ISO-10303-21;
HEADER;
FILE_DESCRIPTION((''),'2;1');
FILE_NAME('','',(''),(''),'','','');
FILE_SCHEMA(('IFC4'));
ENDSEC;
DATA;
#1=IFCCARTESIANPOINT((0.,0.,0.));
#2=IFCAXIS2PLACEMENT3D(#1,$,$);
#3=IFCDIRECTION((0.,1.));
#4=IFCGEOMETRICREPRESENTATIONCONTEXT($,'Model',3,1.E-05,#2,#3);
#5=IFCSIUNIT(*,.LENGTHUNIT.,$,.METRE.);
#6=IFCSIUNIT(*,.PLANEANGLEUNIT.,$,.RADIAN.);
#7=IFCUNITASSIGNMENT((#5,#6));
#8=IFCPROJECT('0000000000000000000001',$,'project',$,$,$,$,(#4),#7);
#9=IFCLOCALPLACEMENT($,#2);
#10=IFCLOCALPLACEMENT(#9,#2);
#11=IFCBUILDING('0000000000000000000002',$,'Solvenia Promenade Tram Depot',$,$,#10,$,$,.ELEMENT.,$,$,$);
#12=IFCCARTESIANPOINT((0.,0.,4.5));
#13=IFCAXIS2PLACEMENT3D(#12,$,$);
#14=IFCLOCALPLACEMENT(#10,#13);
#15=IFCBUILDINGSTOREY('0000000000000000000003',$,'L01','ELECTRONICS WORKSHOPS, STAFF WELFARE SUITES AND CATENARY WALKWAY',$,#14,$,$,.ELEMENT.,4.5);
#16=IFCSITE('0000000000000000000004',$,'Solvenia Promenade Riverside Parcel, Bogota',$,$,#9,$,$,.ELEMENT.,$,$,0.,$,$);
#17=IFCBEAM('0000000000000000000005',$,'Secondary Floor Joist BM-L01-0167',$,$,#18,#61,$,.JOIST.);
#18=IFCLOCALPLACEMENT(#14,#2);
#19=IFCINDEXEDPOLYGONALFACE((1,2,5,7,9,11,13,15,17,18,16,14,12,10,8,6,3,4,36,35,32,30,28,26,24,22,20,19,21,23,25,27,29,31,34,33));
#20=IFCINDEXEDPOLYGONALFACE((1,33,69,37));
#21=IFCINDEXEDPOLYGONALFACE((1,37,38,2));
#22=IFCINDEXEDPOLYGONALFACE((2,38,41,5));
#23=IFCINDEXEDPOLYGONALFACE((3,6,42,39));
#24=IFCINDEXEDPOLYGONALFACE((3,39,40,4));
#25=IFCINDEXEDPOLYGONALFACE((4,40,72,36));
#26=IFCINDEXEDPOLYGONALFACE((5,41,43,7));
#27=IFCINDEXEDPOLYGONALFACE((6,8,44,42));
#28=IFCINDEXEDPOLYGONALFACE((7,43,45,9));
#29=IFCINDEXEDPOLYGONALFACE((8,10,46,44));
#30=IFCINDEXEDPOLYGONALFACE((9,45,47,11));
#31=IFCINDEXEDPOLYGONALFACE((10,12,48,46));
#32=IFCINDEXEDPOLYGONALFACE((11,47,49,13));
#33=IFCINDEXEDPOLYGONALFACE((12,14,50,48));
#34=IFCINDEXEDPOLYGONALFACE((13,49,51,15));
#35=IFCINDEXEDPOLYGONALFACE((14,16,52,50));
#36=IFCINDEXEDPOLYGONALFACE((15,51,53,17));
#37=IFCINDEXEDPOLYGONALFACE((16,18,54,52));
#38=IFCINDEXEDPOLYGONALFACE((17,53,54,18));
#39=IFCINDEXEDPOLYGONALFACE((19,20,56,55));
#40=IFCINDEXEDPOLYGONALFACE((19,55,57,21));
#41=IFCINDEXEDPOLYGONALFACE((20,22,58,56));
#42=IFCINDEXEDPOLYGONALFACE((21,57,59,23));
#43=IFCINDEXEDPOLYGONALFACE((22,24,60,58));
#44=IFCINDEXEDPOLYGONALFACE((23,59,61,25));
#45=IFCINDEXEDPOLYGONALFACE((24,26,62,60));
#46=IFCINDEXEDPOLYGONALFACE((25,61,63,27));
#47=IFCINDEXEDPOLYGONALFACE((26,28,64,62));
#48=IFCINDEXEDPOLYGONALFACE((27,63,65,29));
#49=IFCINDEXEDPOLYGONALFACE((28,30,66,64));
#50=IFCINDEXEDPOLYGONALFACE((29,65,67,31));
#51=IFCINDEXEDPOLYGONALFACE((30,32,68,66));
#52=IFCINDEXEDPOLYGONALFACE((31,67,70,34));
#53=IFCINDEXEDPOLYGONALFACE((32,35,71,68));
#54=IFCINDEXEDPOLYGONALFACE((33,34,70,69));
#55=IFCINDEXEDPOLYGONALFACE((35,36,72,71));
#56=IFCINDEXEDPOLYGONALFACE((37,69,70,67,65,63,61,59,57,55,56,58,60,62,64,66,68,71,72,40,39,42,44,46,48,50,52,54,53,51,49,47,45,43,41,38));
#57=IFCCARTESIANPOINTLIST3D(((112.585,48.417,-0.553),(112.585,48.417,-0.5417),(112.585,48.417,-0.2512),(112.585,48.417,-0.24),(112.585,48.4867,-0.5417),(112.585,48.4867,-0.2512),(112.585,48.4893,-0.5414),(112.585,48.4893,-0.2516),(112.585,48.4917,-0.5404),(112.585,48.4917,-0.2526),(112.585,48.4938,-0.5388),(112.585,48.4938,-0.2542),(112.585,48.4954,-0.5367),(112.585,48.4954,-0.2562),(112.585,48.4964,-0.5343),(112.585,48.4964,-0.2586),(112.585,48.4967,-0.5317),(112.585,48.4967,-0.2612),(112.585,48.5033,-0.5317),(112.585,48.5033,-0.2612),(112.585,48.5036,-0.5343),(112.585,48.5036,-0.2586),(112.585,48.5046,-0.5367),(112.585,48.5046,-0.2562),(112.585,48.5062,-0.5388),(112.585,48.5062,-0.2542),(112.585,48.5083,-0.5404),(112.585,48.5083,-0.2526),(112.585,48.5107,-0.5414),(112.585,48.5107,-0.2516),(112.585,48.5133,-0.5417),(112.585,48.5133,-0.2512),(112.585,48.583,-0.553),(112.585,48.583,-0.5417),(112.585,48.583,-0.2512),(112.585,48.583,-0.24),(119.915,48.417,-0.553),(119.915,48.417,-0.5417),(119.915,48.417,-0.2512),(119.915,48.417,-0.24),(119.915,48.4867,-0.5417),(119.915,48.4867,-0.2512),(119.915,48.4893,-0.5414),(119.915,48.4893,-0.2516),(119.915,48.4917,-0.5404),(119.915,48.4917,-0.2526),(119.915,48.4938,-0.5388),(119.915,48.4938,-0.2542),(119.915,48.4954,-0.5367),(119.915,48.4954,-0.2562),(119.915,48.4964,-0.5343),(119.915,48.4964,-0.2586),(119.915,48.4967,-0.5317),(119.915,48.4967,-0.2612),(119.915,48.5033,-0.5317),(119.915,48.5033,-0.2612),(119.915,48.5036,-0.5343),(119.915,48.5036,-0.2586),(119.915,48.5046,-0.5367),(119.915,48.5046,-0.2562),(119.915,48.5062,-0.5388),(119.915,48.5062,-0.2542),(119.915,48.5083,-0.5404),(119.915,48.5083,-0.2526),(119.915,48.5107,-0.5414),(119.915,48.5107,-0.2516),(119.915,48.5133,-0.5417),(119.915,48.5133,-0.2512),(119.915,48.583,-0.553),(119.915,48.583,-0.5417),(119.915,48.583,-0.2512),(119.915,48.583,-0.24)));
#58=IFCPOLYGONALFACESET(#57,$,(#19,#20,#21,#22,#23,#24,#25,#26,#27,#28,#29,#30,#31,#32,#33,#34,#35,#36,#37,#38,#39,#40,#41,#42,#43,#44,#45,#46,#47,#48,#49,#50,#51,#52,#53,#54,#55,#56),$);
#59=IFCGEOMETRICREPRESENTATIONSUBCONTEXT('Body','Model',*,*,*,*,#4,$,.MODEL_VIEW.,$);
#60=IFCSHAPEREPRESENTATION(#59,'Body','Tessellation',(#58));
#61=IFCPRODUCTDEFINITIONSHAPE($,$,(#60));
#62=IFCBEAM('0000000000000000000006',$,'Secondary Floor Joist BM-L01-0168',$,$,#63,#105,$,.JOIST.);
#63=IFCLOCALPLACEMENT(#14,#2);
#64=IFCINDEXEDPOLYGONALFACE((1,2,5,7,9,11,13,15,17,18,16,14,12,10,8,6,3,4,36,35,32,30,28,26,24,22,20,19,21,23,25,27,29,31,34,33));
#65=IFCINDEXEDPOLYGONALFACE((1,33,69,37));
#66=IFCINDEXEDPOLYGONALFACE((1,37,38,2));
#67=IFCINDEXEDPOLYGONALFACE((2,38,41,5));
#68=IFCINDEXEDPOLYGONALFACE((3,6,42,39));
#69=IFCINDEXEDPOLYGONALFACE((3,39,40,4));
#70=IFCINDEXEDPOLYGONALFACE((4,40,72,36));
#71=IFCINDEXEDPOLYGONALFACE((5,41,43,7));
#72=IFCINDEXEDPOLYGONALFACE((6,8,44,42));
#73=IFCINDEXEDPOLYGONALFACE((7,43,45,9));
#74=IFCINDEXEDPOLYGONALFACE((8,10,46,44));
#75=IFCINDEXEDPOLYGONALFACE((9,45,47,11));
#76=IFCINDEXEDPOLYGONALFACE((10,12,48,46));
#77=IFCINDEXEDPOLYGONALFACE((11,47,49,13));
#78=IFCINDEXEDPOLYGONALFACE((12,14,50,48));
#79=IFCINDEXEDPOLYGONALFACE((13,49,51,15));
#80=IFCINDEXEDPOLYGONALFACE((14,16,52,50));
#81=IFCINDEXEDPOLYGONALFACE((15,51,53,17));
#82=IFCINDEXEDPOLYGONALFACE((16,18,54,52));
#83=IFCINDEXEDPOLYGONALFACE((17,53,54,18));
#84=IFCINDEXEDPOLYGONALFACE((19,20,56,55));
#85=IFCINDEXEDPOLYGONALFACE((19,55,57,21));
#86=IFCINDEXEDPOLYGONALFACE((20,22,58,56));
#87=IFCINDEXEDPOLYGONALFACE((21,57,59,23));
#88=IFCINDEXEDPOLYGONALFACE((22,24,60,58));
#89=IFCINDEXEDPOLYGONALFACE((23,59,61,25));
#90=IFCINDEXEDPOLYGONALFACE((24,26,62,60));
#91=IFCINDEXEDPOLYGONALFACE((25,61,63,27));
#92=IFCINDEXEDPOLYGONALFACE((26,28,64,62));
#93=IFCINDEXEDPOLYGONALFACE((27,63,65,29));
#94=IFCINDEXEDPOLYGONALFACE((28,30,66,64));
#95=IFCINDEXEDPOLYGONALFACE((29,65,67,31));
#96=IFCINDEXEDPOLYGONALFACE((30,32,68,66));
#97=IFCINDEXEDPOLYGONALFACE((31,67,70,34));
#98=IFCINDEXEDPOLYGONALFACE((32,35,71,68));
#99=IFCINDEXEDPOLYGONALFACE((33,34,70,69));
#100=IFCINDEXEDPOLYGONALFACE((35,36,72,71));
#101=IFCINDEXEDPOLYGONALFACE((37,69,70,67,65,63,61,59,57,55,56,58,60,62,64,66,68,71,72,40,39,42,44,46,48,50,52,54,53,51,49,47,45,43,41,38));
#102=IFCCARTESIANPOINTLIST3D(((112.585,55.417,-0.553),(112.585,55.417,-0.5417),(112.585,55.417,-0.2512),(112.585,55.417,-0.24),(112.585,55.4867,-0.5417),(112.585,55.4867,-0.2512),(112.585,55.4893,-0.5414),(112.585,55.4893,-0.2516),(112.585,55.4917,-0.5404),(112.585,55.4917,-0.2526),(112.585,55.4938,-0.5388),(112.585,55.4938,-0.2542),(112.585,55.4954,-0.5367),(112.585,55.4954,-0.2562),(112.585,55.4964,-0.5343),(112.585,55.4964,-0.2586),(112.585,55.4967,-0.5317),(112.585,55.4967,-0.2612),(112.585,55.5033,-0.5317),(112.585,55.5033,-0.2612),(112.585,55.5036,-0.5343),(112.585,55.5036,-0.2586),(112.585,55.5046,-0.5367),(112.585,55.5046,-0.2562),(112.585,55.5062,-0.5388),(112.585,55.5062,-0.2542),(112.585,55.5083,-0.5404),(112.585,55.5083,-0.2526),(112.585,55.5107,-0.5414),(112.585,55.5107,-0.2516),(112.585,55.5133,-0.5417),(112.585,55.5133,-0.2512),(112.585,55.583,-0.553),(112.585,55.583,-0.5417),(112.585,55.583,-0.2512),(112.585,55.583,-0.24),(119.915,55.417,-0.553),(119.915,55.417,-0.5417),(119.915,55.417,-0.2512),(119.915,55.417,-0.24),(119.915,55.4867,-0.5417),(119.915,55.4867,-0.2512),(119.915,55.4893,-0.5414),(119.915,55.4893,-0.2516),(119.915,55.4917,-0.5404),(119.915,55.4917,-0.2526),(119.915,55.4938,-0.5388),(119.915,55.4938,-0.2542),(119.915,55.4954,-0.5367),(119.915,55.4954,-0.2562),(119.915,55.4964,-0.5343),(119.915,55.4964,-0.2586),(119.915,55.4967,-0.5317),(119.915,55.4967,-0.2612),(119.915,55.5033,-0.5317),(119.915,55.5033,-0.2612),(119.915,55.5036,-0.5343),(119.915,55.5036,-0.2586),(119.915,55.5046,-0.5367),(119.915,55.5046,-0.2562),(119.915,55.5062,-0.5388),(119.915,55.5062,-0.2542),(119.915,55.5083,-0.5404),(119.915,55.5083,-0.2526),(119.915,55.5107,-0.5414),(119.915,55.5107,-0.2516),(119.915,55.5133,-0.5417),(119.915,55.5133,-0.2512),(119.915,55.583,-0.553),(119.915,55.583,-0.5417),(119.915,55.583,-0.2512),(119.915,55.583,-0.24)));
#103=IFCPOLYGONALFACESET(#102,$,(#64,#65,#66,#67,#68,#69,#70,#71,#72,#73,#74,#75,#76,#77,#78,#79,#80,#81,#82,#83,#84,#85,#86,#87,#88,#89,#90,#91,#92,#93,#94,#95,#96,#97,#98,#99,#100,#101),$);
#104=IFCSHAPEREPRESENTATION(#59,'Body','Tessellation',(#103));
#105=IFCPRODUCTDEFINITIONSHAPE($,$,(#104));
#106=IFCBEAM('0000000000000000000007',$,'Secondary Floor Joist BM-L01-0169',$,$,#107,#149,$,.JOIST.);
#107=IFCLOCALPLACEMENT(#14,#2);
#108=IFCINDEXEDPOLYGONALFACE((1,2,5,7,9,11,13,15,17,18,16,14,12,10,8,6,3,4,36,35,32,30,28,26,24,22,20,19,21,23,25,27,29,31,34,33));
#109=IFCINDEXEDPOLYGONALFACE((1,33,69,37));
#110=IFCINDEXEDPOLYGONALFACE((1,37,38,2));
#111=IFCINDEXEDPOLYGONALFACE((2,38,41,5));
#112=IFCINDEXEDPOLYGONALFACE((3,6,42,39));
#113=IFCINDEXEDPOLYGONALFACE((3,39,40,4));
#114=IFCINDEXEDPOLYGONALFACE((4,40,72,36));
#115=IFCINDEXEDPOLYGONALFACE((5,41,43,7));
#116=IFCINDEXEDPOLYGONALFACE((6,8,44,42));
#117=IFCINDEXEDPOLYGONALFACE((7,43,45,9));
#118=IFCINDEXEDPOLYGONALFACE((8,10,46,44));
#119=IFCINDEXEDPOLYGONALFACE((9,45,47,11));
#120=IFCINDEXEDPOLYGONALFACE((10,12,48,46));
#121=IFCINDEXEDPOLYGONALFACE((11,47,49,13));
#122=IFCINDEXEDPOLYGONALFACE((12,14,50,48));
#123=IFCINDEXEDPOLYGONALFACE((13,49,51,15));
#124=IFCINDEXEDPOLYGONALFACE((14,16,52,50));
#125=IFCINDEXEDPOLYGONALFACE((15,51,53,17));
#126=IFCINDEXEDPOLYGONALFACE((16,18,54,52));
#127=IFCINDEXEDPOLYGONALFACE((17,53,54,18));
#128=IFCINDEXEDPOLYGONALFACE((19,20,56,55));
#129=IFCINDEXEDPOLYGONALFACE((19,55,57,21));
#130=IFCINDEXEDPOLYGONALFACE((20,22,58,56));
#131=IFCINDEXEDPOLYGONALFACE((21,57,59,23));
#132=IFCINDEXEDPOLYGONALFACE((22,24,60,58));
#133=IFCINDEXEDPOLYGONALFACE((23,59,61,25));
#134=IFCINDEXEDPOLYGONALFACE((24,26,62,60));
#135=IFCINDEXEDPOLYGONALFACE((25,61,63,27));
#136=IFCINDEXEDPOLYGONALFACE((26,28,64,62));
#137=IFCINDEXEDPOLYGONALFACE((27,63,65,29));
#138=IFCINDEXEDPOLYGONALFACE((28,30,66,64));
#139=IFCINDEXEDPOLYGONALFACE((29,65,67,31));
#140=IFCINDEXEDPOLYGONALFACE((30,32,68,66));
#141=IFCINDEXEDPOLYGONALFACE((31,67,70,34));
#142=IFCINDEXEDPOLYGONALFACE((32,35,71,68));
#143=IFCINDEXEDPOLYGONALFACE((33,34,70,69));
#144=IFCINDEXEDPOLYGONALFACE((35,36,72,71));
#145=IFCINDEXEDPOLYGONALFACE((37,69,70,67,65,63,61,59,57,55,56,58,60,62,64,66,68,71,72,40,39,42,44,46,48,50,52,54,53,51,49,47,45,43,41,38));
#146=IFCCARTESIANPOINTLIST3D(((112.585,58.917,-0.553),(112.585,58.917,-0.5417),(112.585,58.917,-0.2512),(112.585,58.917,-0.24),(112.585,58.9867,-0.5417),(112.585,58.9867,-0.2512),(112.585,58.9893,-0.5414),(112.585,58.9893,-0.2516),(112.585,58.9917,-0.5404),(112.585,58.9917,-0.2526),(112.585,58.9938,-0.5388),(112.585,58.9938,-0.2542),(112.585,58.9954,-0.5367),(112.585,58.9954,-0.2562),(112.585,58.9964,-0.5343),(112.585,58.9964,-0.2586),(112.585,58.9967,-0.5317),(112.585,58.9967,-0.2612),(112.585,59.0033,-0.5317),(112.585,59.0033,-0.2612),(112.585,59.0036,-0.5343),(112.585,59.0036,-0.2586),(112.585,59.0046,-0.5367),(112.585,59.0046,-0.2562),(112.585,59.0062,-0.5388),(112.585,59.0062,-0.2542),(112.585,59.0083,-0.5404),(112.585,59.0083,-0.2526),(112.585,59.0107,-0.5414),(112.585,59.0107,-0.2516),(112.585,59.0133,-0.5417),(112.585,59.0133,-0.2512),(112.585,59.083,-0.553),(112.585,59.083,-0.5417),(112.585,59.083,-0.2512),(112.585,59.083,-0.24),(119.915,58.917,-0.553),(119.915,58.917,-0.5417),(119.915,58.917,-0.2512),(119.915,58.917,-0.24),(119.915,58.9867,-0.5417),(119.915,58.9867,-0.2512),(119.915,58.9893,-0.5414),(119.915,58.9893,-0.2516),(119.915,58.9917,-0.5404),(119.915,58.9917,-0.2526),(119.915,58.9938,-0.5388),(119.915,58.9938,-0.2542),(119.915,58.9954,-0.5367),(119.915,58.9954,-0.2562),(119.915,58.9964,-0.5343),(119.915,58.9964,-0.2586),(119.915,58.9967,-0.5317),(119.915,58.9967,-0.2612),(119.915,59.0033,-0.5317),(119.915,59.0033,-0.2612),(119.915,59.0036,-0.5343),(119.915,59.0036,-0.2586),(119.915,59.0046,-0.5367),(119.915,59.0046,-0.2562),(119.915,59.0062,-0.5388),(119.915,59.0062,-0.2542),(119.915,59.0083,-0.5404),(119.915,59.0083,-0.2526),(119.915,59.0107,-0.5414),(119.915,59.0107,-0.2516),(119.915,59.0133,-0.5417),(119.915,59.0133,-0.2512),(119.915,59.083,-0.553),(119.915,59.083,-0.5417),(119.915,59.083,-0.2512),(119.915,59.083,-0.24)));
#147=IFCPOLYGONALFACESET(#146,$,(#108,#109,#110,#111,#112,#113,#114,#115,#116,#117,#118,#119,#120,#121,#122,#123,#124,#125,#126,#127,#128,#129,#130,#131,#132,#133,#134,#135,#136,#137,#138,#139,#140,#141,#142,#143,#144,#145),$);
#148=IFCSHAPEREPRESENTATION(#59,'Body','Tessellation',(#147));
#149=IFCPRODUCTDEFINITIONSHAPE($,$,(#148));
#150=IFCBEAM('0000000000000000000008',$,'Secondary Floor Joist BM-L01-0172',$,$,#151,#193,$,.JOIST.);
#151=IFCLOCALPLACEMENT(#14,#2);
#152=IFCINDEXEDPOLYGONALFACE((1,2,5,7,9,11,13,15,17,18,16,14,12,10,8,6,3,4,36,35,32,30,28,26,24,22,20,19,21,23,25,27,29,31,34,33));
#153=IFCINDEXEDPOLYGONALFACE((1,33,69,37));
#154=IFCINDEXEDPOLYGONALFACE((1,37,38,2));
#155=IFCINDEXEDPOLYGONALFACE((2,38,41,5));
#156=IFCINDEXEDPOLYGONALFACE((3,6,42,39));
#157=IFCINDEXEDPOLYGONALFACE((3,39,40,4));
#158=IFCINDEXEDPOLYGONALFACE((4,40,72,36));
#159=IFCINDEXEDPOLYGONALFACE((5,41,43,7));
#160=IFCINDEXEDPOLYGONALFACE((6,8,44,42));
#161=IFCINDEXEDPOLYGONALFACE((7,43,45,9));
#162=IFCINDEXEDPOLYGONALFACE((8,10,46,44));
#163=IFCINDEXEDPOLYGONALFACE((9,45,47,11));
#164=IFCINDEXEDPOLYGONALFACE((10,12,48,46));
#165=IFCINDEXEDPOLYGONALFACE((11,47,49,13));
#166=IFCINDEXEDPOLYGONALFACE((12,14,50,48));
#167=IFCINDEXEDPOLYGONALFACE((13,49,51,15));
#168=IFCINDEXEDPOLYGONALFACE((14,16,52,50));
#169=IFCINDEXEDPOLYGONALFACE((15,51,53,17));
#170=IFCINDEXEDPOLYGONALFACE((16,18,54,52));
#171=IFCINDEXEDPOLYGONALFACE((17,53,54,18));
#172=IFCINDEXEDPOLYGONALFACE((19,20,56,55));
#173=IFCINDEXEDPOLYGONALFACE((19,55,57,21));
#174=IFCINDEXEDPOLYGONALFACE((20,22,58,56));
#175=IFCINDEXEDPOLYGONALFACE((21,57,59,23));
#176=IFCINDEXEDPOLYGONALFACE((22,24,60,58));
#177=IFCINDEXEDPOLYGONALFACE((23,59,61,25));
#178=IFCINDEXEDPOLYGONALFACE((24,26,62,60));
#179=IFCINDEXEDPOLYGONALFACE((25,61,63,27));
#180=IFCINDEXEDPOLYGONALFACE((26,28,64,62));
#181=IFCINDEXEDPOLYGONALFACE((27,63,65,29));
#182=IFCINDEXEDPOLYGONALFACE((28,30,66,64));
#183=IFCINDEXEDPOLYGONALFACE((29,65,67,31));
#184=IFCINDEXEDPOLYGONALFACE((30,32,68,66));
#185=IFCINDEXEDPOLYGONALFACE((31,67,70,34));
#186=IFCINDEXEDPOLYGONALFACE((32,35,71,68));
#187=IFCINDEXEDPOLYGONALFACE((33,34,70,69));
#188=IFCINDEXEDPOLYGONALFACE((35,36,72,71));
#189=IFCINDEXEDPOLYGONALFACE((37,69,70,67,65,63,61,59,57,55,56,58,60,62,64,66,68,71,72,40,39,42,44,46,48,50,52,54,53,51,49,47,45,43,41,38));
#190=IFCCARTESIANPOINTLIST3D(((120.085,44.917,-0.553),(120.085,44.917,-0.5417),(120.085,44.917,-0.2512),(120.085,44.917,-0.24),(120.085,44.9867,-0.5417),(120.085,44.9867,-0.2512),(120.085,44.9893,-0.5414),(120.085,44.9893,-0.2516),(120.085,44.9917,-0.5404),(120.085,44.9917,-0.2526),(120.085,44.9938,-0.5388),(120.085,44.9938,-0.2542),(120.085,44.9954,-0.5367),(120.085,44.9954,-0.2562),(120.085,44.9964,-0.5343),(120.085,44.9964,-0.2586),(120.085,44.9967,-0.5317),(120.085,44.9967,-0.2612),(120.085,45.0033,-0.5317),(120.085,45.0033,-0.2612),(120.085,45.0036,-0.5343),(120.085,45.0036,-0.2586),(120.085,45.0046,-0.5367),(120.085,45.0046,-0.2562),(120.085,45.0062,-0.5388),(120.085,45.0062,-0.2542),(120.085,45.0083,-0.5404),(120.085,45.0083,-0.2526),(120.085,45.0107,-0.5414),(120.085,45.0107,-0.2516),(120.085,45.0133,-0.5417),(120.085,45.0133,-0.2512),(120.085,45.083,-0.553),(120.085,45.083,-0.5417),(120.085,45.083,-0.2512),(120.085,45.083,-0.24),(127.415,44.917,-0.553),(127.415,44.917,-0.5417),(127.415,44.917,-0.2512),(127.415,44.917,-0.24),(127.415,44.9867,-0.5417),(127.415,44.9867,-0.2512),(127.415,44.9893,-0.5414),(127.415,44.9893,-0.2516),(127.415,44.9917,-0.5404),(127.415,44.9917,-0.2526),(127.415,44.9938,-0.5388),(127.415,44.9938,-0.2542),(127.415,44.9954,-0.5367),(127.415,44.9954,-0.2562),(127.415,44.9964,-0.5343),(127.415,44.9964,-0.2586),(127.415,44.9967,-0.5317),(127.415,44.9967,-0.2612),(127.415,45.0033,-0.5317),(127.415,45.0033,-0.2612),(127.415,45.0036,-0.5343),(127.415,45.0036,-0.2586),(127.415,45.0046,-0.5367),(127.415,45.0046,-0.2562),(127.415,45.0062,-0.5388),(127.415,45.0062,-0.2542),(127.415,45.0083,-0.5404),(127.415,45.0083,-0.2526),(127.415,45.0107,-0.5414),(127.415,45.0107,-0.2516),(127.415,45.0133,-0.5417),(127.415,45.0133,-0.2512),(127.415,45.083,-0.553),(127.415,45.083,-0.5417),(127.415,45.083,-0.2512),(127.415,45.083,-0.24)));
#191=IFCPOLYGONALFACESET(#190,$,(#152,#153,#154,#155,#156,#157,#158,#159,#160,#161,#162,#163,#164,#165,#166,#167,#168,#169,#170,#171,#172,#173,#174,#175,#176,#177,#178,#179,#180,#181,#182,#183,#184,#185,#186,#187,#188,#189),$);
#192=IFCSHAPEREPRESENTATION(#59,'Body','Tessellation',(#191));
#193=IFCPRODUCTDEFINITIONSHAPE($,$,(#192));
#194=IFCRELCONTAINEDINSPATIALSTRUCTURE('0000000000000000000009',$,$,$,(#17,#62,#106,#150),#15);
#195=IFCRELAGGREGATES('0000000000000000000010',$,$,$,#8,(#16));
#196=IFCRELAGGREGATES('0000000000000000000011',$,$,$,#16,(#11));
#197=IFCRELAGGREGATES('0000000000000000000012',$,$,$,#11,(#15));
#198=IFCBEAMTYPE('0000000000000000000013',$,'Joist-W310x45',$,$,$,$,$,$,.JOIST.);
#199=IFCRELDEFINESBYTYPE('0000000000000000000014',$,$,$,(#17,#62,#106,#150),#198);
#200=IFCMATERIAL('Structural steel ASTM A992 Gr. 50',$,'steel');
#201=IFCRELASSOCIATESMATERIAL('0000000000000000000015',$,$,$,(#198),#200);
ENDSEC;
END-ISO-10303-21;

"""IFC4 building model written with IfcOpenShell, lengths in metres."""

from ifc_helpers import new_model, si_unit, direction, frame, origin, origin_2d, place, context, subcontext, project, spatial, i_section, extrude, material, material_profile, profile_set, type_object, element, save


model = new_model("IFC4")

# Units and contexts
model_context = context("Model", 3, precision=1e-05, world=origin(), true_north=direction((0.0, 1.0)))
body_context = subcontext(model_context, "Body", "Model", "MODEL_VIEW")
ifc_project = project(units=[si_unit("LENGTHUNIT", "METRE"), si_unit("PLANEANGLEUNIT", "RADIAN")], contexts=[model_context])

# Site, building, storey
site_placement = place(None, origin())
site = spatial("IfcSite", under=ifc_project, at=site_placement, Name="Solvenia Promenade Riverside Parcel, Bogota", CompositionType="ELEMENT", RefElevation=0.0)
building_placement = place(site_placement, origin())
building = spatial("IfcBuilding", under=site, at=building_placement, Name="Solvenia Promenade Tram Depot", CompositionType="ELEMENT")
storey_placement = place(building_placement, frame((0.0, 0.0, 4.5)))
storey = spatial("IfcBuildingStorey", under=building, at=storey_placement, Name="L01", Description="ELECTRONICS WORKSHOPS, STAFF WELFARE SUITES AND CATENARY WALKWAY", CompositionType="ELEMENT", Elevation=4.5)

# Shared definitions
ifc_material_1 = material(Name="Structural steel ASTM A992 Gr. 50", Category="steel")

# Beams
ifc_material_profile_1 = material_profile(ifc_material_1, i_section(OverallWidth=0.166, OverallDepth=0.313, WebThickness=0.0066, FlangeThickness=0.0112, FilletRadius=0.01, at=origin_2d()), Name="W310x45", Category="steel")
ifc_profile_set_1 = profile_set([ifc_material_profile_1], Name="Structural steel ASTM A992 Gr. 50")
beam_type_1 = type_object("IfcBeamType", Name="Joist-W310x45", PredefinedType="JOIST", material=ifc_profile_set_1)
for number, where, z_axis, x_axis, name in (
    (1, (112.585, 48.5, -0.3965), (1.0, 0.0, 0.0), (0.0, 1.0, 0.0), "Secondary Floor Joist BM-L01-0167"),
    (2, (112.585, 55.5, -0.3965), (1.0, 0.0, 0.0), (0.0, 1.0, 0.0), "Secondary Floor Joist BM-L01-0168"),
    (3, (112.585, 59.0, -0.3965), (1.0, 0.0, 0.0), (0.0, 1.0, 0.0), "Secondary Floor Joist BM-L01-0169"),
    (4, (120.085, 45.0, -0.3965), (1.0, 0.0, 0.0), (0.0, 1.0, 0.0), "Secondary Floor Joist BM-L01-0172"),
):
    element("IfcBeam", number, at=place(storey_placement, frame(where, z_axis=z_axis, x_axis=x_axis)), inside=storey, type_object=beam_type_1, Name=name, PredefinedType="JOIST", context=body_context, shape_type="SweptSolid", body=[
        extrude(i_section(OverallWidth=0.166, OverallDepth=0.313, WebThickness=0.0066, FlangeThickness=0.0112, FilletRadius=0.01, at=origin_2d()), origin(), (0.0, 0.0, 1.0), 7.3301),
    ])

save(model, "model.ifc")
